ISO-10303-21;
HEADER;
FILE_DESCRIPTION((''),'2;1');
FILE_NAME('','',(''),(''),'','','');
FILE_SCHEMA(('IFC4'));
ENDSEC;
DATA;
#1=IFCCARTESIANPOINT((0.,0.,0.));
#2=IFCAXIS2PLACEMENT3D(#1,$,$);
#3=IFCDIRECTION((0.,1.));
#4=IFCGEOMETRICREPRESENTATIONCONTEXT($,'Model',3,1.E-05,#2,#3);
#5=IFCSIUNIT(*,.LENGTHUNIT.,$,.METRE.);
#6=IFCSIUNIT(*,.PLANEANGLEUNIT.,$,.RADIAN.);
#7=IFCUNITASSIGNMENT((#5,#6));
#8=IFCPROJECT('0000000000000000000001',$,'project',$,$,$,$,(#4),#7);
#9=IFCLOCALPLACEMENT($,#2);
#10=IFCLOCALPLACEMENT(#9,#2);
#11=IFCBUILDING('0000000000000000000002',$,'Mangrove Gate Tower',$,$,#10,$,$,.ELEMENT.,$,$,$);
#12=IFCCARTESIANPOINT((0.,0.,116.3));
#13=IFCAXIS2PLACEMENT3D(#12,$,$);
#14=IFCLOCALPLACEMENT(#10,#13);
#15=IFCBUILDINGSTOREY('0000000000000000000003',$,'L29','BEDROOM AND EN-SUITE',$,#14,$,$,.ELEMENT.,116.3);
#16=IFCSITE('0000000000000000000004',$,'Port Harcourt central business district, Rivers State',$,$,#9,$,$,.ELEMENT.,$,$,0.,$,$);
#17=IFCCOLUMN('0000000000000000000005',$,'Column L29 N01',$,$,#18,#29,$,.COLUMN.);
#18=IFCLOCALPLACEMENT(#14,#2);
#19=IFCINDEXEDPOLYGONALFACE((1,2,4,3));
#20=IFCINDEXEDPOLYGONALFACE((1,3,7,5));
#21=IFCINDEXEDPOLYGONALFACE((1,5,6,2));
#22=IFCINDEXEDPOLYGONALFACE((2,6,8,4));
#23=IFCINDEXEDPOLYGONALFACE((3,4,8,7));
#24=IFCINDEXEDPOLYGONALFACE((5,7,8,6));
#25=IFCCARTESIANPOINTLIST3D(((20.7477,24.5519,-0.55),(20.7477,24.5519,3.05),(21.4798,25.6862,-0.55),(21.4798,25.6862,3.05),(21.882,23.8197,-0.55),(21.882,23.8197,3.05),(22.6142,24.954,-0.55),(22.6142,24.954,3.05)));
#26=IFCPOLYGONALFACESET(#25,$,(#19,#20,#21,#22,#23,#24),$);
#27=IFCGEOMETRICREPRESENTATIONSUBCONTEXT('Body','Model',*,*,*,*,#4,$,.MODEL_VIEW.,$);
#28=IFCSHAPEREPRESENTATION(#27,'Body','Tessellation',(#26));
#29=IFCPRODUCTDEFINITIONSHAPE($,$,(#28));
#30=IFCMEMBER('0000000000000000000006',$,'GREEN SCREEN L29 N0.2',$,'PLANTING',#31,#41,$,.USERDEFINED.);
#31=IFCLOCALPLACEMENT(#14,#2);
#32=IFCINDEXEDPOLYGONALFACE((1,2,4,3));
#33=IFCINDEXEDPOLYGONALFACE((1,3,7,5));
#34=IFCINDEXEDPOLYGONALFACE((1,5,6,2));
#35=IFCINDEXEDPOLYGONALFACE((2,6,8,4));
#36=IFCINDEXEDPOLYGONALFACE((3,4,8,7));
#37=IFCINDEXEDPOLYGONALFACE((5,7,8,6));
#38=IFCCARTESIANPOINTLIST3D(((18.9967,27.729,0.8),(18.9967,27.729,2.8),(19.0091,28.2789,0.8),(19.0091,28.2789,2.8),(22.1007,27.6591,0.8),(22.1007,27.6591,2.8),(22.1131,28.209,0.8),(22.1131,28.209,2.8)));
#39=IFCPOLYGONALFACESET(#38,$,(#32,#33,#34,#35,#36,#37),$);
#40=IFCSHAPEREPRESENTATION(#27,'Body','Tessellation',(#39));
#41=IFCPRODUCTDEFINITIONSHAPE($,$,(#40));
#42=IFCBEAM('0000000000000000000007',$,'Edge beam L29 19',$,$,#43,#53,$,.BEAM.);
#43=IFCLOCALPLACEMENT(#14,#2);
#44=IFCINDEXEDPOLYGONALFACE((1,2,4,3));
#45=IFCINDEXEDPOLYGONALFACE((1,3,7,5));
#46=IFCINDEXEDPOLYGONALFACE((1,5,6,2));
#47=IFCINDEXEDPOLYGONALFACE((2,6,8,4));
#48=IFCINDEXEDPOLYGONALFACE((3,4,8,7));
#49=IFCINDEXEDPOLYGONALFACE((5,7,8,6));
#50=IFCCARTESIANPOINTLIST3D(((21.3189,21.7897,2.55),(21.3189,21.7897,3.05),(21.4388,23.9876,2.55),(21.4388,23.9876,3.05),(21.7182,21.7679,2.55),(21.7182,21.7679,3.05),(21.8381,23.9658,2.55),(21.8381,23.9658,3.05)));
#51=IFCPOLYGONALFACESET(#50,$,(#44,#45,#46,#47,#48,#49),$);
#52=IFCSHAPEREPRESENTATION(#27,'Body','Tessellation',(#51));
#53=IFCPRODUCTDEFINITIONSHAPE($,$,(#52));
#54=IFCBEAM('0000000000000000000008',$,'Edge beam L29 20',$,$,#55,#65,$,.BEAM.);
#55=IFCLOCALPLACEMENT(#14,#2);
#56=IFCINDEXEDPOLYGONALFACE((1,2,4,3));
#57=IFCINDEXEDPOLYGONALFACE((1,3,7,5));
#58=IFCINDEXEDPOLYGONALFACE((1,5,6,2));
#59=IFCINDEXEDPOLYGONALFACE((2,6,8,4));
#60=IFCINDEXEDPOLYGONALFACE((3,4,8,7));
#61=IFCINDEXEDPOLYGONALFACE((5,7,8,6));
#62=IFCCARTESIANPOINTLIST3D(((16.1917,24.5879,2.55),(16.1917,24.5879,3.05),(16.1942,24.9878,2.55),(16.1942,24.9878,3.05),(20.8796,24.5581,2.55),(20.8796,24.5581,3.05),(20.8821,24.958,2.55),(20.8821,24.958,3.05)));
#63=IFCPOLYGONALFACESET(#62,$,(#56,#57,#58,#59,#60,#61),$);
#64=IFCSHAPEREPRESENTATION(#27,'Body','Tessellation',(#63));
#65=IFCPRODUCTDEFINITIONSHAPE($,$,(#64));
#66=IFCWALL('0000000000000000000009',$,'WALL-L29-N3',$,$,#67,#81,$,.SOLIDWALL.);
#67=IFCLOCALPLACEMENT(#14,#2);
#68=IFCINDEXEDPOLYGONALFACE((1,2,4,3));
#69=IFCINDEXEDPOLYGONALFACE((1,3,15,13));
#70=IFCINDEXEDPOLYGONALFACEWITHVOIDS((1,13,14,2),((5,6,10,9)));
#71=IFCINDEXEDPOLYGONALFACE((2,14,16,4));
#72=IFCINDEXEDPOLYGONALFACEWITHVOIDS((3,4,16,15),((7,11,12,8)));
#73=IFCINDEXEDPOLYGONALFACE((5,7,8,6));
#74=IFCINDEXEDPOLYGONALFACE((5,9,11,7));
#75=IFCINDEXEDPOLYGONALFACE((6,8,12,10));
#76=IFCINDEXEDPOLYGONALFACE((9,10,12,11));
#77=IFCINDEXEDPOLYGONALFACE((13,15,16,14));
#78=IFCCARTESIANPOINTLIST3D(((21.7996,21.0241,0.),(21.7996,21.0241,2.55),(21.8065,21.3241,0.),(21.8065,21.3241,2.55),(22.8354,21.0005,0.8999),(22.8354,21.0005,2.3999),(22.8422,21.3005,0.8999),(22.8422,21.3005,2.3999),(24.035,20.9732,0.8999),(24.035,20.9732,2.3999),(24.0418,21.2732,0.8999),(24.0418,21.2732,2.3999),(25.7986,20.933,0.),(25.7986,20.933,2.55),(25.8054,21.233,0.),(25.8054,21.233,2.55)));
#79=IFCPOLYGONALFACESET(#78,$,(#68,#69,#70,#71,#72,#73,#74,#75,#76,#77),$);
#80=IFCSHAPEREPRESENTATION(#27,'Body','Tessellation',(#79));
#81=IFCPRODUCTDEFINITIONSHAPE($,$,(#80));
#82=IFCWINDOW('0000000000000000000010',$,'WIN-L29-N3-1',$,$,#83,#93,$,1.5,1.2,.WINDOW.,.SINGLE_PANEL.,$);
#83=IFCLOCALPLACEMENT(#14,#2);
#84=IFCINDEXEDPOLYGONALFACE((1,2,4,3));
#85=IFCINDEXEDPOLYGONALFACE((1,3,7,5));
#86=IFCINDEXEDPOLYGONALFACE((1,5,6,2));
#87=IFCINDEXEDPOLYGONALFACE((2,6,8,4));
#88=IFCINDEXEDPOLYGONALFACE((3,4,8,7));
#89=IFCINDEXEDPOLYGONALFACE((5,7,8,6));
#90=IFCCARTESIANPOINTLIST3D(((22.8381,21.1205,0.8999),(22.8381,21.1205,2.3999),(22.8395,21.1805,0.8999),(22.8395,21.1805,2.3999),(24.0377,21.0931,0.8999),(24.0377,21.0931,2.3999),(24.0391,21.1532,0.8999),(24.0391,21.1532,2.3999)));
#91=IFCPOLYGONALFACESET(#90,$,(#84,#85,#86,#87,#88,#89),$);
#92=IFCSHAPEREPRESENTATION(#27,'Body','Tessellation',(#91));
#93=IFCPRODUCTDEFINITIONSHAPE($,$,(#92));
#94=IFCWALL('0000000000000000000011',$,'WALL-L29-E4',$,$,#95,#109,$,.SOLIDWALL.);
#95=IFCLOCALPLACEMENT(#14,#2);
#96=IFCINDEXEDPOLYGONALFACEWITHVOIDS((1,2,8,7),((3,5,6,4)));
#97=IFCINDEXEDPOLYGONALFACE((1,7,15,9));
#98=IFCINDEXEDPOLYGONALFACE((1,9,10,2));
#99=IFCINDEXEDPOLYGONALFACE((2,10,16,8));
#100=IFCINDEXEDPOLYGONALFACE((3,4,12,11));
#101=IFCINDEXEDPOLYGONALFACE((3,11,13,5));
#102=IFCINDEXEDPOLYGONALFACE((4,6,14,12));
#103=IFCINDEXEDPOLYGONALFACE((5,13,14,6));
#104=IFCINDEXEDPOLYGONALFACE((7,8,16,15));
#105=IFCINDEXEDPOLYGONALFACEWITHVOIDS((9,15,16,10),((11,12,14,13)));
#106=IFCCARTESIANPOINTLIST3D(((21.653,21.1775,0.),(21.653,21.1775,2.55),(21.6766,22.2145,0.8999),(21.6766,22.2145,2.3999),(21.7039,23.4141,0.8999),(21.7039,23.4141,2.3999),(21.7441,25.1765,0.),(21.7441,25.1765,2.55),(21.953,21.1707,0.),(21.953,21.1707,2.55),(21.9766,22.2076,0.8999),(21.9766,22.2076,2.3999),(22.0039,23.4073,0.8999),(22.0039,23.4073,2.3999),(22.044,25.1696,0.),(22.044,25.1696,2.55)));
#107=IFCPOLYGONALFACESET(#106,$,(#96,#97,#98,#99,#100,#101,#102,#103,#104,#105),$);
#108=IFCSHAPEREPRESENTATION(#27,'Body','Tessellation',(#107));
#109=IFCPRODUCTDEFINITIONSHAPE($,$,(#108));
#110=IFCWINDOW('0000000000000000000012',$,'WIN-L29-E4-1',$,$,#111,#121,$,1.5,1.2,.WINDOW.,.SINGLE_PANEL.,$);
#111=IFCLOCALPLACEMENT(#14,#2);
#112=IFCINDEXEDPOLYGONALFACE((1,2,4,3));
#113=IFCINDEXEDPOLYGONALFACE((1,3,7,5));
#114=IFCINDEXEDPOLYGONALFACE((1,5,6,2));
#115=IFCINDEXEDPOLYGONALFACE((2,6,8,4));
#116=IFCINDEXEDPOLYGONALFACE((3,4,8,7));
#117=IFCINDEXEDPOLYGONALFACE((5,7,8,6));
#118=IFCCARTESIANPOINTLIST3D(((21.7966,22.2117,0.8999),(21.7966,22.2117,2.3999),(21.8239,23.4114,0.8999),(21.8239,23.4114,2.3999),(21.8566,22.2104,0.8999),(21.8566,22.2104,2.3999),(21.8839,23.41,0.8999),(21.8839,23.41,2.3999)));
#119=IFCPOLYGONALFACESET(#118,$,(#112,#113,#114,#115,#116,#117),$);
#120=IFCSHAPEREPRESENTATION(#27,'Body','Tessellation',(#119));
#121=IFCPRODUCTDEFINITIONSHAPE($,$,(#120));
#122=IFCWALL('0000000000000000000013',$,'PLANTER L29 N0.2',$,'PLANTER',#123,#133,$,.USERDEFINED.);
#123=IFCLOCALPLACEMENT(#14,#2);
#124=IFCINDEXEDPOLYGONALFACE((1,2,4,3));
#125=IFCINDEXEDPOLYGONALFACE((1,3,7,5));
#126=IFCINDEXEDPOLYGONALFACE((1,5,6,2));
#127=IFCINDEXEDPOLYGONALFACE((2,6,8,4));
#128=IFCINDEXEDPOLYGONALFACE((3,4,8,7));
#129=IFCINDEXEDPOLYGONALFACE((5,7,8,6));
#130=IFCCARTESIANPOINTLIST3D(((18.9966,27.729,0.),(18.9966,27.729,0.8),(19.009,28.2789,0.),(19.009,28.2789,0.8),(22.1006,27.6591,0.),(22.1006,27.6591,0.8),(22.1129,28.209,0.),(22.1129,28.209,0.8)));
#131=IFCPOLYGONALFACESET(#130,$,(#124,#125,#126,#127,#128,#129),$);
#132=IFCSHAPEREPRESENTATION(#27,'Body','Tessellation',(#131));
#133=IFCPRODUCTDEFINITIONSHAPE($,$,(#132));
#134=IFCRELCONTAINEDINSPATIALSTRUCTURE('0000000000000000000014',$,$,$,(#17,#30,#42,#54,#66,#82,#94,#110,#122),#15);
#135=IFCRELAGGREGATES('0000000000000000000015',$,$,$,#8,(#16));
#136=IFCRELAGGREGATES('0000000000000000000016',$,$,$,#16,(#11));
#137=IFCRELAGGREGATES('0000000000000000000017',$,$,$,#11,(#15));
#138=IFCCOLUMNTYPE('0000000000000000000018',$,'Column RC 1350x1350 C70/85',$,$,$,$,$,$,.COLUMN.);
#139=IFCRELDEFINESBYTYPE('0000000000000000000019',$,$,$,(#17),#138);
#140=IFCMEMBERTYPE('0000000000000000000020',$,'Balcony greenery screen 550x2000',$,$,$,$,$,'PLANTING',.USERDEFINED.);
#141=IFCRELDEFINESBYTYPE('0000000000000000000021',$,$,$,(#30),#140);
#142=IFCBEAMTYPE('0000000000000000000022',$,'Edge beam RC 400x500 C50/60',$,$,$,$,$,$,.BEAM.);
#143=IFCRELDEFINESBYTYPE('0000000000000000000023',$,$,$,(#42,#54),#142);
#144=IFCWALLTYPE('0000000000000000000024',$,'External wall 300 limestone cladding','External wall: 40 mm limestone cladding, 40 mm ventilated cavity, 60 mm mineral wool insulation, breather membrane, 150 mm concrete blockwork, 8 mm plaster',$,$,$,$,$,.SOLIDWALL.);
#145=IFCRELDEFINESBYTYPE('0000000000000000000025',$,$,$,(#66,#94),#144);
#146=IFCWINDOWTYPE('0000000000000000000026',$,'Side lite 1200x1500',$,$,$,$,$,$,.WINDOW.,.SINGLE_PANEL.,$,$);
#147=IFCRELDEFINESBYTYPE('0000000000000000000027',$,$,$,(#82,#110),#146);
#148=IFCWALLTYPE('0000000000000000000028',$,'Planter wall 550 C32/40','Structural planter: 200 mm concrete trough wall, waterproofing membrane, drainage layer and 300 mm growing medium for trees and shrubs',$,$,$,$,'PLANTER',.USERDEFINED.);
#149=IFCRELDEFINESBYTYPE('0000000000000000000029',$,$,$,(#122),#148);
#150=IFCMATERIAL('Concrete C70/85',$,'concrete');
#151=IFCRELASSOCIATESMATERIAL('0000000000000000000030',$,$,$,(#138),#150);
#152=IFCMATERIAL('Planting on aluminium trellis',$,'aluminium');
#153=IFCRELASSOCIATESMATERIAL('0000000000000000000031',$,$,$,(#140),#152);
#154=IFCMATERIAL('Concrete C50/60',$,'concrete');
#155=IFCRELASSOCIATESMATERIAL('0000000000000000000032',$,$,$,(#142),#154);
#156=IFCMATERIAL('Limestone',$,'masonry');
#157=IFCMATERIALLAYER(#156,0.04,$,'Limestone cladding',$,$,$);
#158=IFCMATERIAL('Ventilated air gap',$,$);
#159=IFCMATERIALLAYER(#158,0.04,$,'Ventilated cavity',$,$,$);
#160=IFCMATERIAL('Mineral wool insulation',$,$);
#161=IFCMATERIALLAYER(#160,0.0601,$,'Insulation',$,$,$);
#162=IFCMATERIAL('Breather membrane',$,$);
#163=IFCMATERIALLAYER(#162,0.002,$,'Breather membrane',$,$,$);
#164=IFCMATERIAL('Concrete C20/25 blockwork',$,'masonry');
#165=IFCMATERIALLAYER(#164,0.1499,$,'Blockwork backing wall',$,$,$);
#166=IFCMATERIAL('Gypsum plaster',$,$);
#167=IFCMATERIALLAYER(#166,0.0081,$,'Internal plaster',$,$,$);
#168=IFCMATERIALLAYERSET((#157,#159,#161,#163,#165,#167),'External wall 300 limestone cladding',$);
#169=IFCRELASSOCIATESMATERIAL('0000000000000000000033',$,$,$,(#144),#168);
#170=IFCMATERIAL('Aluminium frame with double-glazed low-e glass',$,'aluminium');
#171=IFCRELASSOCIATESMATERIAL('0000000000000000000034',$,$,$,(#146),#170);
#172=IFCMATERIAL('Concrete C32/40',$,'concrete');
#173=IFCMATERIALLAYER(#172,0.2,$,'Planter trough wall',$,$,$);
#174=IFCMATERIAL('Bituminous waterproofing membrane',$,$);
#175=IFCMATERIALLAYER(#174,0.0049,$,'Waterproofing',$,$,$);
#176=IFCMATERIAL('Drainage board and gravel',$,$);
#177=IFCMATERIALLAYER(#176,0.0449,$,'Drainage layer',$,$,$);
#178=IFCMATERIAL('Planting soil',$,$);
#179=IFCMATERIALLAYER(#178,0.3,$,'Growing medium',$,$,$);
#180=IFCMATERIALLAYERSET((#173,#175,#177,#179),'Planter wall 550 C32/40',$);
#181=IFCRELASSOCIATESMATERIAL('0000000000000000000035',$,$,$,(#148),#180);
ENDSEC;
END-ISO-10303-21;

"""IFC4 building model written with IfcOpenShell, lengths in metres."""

from ifc_helpers import new_model, si_unit, direction, frame, frame_2d, origin, origin_2d, place, context, subcontext, project, spatial, rectangle, extrude, material, layer, layer_set, material_profile, profile_set, type_object, element, fill, save


model = new_model("IFC4")

# Units and contexts
model_context = context("Model", 3, precision=1e-05, world=origin(), true_north=direction((0.0, 1.0)))
body_context = subcontext(model_context, "Body", "Model", "MODEL_VIEW")
ifc_project = project(units=[si_unit("LENGTHUNIT", "METRE"), si_unit("PLANEANGLEUNIT", "RADIAN")], contexts=[model_context])

# Site, building, storey
site_placement = place(None, origin())
site = spatial("IfcSite", under=ifc_project, at=site_placement, Name="Port Harcourt central business district, Rivers State", CompositionType="ELEMENT", RefElevation=0.0)
building_placement = place(site_placement, origin())
building = spatial("IfcBuilding", under=site, at=building_placement, Name="Mangrove Gate Tower", CompositionType="ELEMENT")
storey_placement = place(building_placement, frame((0.0, 0.0, 116.3)))
storey = spatial("IfcBuildingStorey", under=building, at=storey_placement, Name="L29", Description="BEDROOM AND EN-SUITE", CompositionType="ELEMENT", Elevation=116.3)

# Column
ifc_material_1 = material(Name="Concrete C70/85", Category="concrete")
ifc_material_profile_1 = material_profile(ifc_material_1, rectangle(XDim=1.3501, YDim=1.3501, at=origin_2d()))
ifc_profile_set_1 = profile_set([ifc_material_profile_1], Name="Concrete C70/85")
column_type = type_object("IfcColumnType", Name="Column RC 1350x1350 C70/85", PredefinedType="COLUMN", material=ifc_profile_set_1)
column_placement = place(storey_placement, frame((21.6809, 24.7529, -0.55), z_axis=(0.0, 0.0, 1.0), x_axis=(-0.84017, 0.542323, 0.0)))
element("IfcColumn", 1, at=column_placement, inside=storey, type_object=column_type, Name="Column L29 N01", PredefinedType="COLUMN", context=body_context, shape_type="SweptSolid", body=[
    extrude(rectangle(XDim=1.3501, YDim=1.3501, at=origin_2d()), origin(), (0.0, 0.0, 1.0), 3.6001),
])

# Member
ifc_material_2 = material(Name="Planting on aluminium trellis", Category="aluminium")
ifc_material_profile_2 = material_profile(ifc_material_2, rectangle(XDim=0.55, YDim=2.0, at=origin_2d()))
ifc_profile_set_2 = profile_set([ifc_material_profile_2], Name="Planting on aluminium trellis")
member_type = type_object("IfcMemberType", Name="Balcony greenery screen 550x2000", ElementType="PLANTING", PredefinedType="USERDEFINED", material=ifc_profile_set_2)
member_placement = place(storey_placement, frame((19.0029, 28.0039, 1.8), z_axis=(0.999747, -0.022489, 0.0), x_axis=(0.022489, 0.999747, 0.0)))
element("IfcMember", 2, at=member_placement, inside=storey, type_object=member_type, Name="GREEN SCREEN L29 N0.2", ObjectType="PLANTING", PredefinedType="USERDEFINED", context=body_context, shape_type="SweptSolid", body=[
    extrude(rectangle(XDim=0.55, YDim=2.0, at=origin_2d()), origin(), (0.0, 0.0, 1.0), 3.1047),
])

# Beams
ifc_material_3 = material(Name="Concrete C50/60", Category="concrete")
ifc_material_profile_3 = material_profile(ifc_material_3, rectangle(XDim=0.3999, YDim=0.5, at=origin_2d()))
ifc_profile_set_3 = profile_set([ifc_material_profile_3], Name="Concrete C50/60")
beam_type = type_object("IfcBeamType", Name="Edge beam RC 400x500 C50/60", PredefinedType="BEAM", material=ifc_profile_set_3)
beam_1_placement = place(storey_placement, frame((21.5186, 21.7788, 2.8), z_axis=(0.054456, 0.998516, 0.0), x_axis=(-0.998516, 0.054456, 0.0)))
element("IfcBeam", 3, at=beam_1_placement, inside=storey, type_object=beam_type, Name="Edge beam L29 19", PredefinedType="BEAM", context=body_context, shape_type="SweptSolid", body=[
    extrude(rectangle(XDim=0.3999, YDim=0.5, at=origin_2d()), origin(), (0.0, 0.0, 1.0), 2.2012),
])
beam_2_placement = place(storey_placement, frame((20.8809, 24.7581, 2.8), z_axis=(-0.99998, 0.006353, 0.0), x_axis=(-0.006353, -0.99998, 0.0)))
element("IfcBeam", 4, at=beam_2_placement, inside=storey, type_object=beam_type, Name="Edge beam L29 20", PredefinedType="BEAM", context=body_context, shape_type="SweptSolid", body=[
    extrude(rectangle(XDim=0.3999, YDim=0.5, at=origin_2d()), origin(), (0.0, 0.0, 1.0), 4.688),
])

# Walls, openings, windows
ifc_material_4 = material(Name="Limestone", Category="masonry")
ifc_layer_1 = layer(ifc_material_4, 0.04, Name="Limestone cladding")
ifc_material_5 = material(Name="Ventilated air gap")
ifc_layer_2 = layer(ifc_material_5, 0.04, Name="Ventilated cavity")
ifc_material_6 = material(Name="Mineral wool insulation")
ifc_layer_3 = layer(ifc_material_6, 0.0601, Name="Insulation")
ifc_material_7 = material(Name="Breather membrane")
ifc_layer_4 = layer(ifc_material_7, 0.002, Name="Breather membrane")
ifc_material_8 = material(Name="Concrete C20/25 blockwork", Category="masonry")
ifc_layer_5 = layer(ifc_material_8, 0.1499, Name="Blockwork backing wall")
ifc_material_9 = material(Name="Gypsum plaster")
ifc_layer_6 = layer(ifc_material_9, 0.0081, Name="Internal plaster")
ifc_layer_set_1 = layer_set([ifc_layer_1, ifc_layer_2, ifc_layer_3, ifc_layer_4, ifc_layer_5, ifc_layer_6], Name="External wall 300 limestone cladding")
wall_type_1 = type_object("IfcWallType", Name="External wall 300 limestone cladding", Description="External wall: 40 mm limestone cladding, 40 mm ventilated cavity, 60 mm mineral wool insulation, breather membrane, 150 mm concrete blockwork, 8 mm plaster", PredefinedType="SOLIDWALL", material=ifc_layer_set_1)
wall_1_placement = place(storey_placement, frame((25.802, 21.083, 0.0), z_axis=(0.0, 0.0, 1.0), x_axis=(-0.999741, 0.022766, 0.0)))
wall_1 = element("IfcWall", 5, at=wall_1_placement, inside=storey, type_object=wall_type_1, Name="WALL-L29-N3", PredefinedType="SOLIDWALL", context=body_context, shape_type="SweptSolid", body=[
    extrude(rectangle(XDim=4.0, YDim=0.3, at=frame_2d((2.0, 0.0))), origin(), (0.0, 0.0, 1.0), 2.55),
])
opening_1_placement = place(wall_1_placement, frame((1.7639, 0.0, 0.8999)))
opening_1 = element("IfcOpeningElement", 6, at=opening_1_placement, cuts=wall_1, PredefinedType="OPENING", context=body_context, shape_type="SweptSolid", body=[
    extrude(rectangle(XDim=1.2, YDim=1.5, at=frame_2d((0.6001, 0.75))), frame((0.0, 0.1599, 0.0), z_axis=(0.0, -1.0, 0.0), x_axis=(1.0, 0.0, 0.0)), (0.0, 0.0, 1.0), 0.3201),
])
ifc_material_10 = material(Name="Aluminium frame with double-glazed low-e glass", Category="aluminium")
window_type_1 = type_object("IfcWindowType", Name="Side lite 1200x1500", PartitioningType="SINGLE_PANEL", PredefinedType="WINDOW", material=ifc_material_10)
window_1_placement = place(opening_1_placement, origin())
window_1 = element("IfcWindow", 7, at=window_1_placement, inside=storey, type_object=window_type_1, Name="WIN-L29-N3-1", OverallHeight=1.5, OverallWidth=1.2, PartitioningType="SINGLE_PANEL", PredefinedType="WINDOW", context=body_context, shape_type="SweptSolid", body=[
    extrude(rectangle(XDim=1.2, YDim=1.5, at=frame_2d((0.6001, 0.75))), frame((0.0, 0.03, 0.0), z_axis=(0.0, -1.0, 0.0), x_axis=(1.0, 0.0, 0.0)), (0.0, 0.0, 1.0), 0.0601),
])
fill(opening_1, window_1)
wall_2_placement = place(storey_placement, frame((21.803, 21.1741, 0.0), z_axis=(0.0, 0.0, 1.0), x_axis=(0.022766, 0.999741, 0.0)))
wall_2 = element("IfcWall", 8, at=wall_2_placement, inside=storey, type_object=wall_type_1, Name="WALL-L29-E4", PredefinedType="SOLIDWALL", context=body_context, shape_type="SweptSolid", body=[
    extrude(rectangle(XDim=4.0, YDim=0.3, at=frame_2d((2.0, 0.0))), origin(), (0.0, 0.0, 1.0), 2.55),
])
opening_2_placement = place(wall_2_placement, frame((1.0371, 0.0, 0.8999)))
opening_2 = element("IfcOpeningElement", 9, at=opening_2_placement, cuts=wall_2, PredefinedType="OPENING", context=body_context, shape_type="SweptSolid", body=[
    extrude(rectangle(XDim=1.2, YDim=1.5, at=frame_2d((0.6001, 0.75))), frame((0.0, 0.1599, 0.0), z_axis=(0.0, -1.0, 0.0), x_axis=(1.0, 0.0, 0.0)), (0.0, 0.0, 1.0), 0.3201),
])
window_2_placement = place(opening_2_placement, origin())
window_2 = element("IfcWindow", 10, at=window_2_placement, inside=storey, type_object=window_type_1, Name="WIN-L29-E4-1", OverallHeight=1.5, OverallWidth=1.2, PartitioningType="SINGLE_PANEL", PredefinedType="WINDOW", context=body_context, shape_type="SweptSolid", body=[
    extrude(rectangle(XDim=1.2, YDim=1.5, at=frame_2d((0.6001, 0.75))), frame((0.0, 0.03, 0.0), z_axis=(0.0, -1.0, 0.0), x_axis=(1.0, 0.0, 0.0)), (0.0, 0.0, 1.0), 0.0601),
])
fill(opening_2, window_2)

# Wall
ifc_material_11 = material(Name="Concrete C32/40", Category="concrete")
ifc_layer_7 = layer(ifc_material_11, 0.2, Name="Planter trough wall")
ifc_material_12 = material(Name="Bituminous waterproofing membrane")
ifc_layer_8 = layer(ifc_material_12, 0.0049, Name="Waterproofing")
ifc_material_13 = material(Name="Drainage board and gravel")
ifc_layer_9 = layer(ifc_material_13, 0.0449, Name="Drainage layer")
ifc_material_14 = material(Name="Planting soil")
ifc_layer_10 = layer(ifc_material_14, 0.3, Name="Growing medium")
ifc_layer_set_2 = layer_set([ifc_layer_7, ifc_layer_8, ifc_layer_9, ifc_layer_10], Name="Planter wall 550 C32/40")
wall_type_2 = type_object("IfcWallType", Name="Planter wall 550 C32/40", Description="Structural planter: 200 mm concrete trough wall, waterproofing membrane, drainage layer and 300 mm growing medium for trees and shrubs", ElementType="PLANTER", PredefinedType="USERDEFINED", material=ifc_layer_set_2)
wall_3_placement = place(storey_placement, frame((19.0029, 28.0039, 0.0), z_axis=(0.0, 0.0, 1.0), x_axis=(0.999747, -0.022489, 0.0)))
element("IfcWall", 11, at=wall_3_placement, inside=storey, type_object=wall_type_2, Name="PLANTER L29 N0.2", ObjectType="PLANTER", PredefinedType="USERDEFINED", context=body_context, shape_type="SweptSolid", body=[
    extrude(rectangle(XDim=3.1047, YDim=0.55, at=frame_2d((1.5522, 0.0))), origin(), (0.0, 0.0, 1.0), 0.8),
])

save(model, "model.ifc")
